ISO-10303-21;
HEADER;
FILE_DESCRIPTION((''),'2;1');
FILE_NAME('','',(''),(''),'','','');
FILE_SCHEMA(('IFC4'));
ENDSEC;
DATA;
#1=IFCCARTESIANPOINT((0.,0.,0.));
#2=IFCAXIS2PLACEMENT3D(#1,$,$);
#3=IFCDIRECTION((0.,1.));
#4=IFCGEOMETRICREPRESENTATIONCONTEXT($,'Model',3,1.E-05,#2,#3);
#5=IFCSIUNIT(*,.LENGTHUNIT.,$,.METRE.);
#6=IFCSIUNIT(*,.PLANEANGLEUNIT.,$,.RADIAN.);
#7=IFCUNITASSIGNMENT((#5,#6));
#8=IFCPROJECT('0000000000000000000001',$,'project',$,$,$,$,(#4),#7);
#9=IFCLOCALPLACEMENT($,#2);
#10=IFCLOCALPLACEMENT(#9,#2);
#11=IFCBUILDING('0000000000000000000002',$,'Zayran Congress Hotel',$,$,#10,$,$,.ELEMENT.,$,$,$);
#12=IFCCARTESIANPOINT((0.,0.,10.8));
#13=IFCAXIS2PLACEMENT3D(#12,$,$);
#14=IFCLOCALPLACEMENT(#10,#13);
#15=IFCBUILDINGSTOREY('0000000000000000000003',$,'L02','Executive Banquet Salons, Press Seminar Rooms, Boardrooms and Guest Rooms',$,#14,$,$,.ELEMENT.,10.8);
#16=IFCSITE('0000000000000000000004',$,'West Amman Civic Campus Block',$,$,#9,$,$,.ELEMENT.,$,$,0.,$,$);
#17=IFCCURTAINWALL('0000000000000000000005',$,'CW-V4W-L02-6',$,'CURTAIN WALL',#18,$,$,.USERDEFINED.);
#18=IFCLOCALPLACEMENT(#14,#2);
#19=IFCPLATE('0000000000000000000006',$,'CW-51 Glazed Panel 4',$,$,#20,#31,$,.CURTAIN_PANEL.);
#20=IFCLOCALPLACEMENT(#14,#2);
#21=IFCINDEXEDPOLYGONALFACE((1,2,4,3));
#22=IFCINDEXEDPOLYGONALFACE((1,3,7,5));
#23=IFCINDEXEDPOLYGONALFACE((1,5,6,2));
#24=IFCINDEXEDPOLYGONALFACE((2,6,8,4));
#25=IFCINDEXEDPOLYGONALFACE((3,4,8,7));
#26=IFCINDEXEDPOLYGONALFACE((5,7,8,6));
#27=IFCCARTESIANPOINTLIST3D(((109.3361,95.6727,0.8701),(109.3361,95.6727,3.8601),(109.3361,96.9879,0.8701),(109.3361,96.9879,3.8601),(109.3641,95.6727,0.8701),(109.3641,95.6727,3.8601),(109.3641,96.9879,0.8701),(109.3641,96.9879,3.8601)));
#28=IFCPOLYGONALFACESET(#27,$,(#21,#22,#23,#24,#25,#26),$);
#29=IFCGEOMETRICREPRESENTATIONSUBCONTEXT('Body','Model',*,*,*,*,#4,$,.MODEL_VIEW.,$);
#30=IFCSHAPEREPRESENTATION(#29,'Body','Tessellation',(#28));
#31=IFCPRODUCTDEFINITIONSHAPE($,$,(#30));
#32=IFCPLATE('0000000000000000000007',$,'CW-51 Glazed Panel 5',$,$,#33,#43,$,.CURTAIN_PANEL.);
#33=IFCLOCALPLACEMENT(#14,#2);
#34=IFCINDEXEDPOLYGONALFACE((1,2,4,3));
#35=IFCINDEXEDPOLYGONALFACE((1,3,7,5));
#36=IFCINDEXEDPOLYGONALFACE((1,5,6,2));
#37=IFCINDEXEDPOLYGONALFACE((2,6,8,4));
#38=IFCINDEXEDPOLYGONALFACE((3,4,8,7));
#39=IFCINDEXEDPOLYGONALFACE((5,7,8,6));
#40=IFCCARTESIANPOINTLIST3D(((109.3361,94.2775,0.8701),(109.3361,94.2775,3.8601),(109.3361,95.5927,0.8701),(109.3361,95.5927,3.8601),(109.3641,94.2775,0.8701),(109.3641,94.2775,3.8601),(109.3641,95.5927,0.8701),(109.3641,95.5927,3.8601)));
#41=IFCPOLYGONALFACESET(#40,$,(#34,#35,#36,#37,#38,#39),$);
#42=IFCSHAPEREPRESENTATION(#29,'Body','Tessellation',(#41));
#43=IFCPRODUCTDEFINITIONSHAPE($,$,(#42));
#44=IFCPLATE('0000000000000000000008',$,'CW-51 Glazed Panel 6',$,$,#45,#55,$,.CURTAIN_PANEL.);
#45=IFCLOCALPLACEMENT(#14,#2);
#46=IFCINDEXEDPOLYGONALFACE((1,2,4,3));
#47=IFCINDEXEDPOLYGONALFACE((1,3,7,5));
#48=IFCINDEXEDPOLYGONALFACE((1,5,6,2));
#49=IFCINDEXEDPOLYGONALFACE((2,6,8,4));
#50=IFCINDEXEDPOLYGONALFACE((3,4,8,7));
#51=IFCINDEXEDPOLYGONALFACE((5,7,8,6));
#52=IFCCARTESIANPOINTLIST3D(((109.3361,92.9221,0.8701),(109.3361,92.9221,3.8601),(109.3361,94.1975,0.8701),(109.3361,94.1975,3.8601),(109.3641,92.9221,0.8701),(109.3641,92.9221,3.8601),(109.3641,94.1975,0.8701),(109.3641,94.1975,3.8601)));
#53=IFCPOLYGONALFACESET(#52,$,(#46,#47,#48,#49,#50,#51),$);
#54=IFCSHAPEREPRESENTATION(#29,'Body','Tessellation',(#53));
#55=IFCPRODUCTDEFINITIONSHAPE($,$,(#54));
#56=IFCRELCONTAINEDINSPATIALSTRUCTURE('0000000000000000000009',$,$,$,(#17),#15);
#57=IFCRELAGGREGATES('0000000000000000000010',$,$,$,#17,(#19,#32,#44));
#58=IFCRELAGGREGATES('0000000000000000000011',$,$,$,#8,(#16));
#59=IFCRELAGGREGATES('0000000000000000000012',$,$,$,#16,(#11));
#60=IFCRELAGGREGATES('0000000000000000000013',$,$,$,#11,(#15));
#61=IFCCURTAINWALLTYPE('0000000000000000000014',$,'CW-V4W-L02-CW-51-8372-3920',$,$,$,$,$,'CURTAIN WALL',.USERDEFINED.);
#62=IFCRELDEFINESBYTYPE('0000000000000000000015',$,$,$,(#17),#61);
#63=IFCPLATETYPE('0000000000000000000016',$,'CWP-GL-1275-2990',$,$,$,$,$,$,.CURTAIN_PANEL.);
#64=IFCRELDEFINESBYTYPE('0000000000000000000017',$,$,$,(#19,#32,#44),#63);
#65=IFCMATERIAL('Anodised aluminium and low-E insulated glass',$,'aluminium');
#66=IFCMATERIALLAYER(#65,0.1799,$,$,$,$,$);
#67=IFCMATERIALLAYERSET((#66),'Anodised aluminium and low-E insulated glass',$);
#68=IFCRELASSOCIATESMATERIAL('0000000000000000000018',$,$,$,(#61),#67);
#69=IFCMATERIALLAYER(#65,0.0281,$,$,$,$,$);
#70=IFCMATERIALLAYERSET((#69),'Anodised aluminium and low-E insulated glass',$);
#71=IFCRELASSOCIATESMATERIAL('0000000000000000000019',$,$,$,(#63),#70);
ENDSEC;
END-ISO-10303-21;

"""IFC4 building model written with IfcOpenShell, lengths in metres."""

from ifc_helpers import new_model, si_unit, direction, frame, origin, origin_2d, place, context, subcontext, project, spatial, rectangle, extrude, material, layer, layer_set, type_object, element, aggregate, save


model = new_model("IFC4")

# Units and contexts
model_context = context("Model", 3, precision=1e-05, world=origin(), true_north=direction((0.0, 1.0)))
body_context = subcontext(model_context, "Body", "Model", "MODEL_VIEW")
ifc_project = project(units=[si_unit("LENGTHUNIT", "METRE"), si_unit("PLANEANGLEUNIT", "RADIAN")], contexts=[model_context])

# Site, building, storey
site_placement = place(None, origin())
site = spatial("IfcSite", under=ifc_project, at=site_placement, Name="West Amman Civic Campus Block", CompositionType="ELEMENT", RefElevation=0.0)
building_placement = place(site_placement, origin())
building = spatial("IfcBuilding", under=site, at=building_placement, Name="Zayran Congress Hotel", CompositionType="ELEMENT")
storey_placement = place(building_placement, frame((0.0, 0.0, 10.8)))
storey = spatial("IfcBuildingStorey", under=building, at=storey_placement, Name="L02", Description="Executive Banquet Salons, Press Seminar Rooms, Boardrooms and Guest Rooms", CompositionType="ELEMENT", Elevation=10.8)

# Curtain wall
ifc_material_1 = material(Name="Anodised aluminium and low-E insulated glass", Category="aluminium")
ifc_layer_1 = layer(ifc_material_1, 0.1799)
ifc_layer_set_1 = layer_set([ifc_layer_1], Name="Anodised aluminium and low-E insulated glass")
curtain_wall_type_1 = type_object("IfcCurtainWallType", Name="CW-V4W-L02-CW-51-8372-3920", ElementType="CURTAIN WALL", PredefinedType="USERDEFINED", material=ifc_layer_set_1)
curtain_wall_1_placement = place(storey_placement, origin())
curtain_wall_1 = element("IfcCurtainWall", 1, at=curtain_wall_1_placement, inside=storey, type_object=curtain_wall_type_1, Name="CW-V4W-L02-6", ObjectType="CURTAIN WALL", PredefinedType="USERDEFINED")

# Plates
ifc_layer_2 = layer(ifc_material_1, 0.0281)
ifc_layer_set_2 = layer_set([ifc_layer_2], Name="Anodised aluminium and low-E insulated glass")
plate_type_1 = type_object("IfcPlateType", Name="CWP-GL-1275-2990", PredefinedType="CURTAIN_PANEL", material=ifc_layer_set_2)
plate_1_placement = place(storey_placement, frame((109.3501, 96.3303, 0.8701), z_axis=(0.0, 0.0, 1.0), x_axis=(0.0, 1.0, 0.0)))
plate_1 = element("IfcPlate", 2, at=plate_1_placement, type_object=plate_type_1, Name="CW-51 Glazed Panel 4", PredefinedType="CURTAIN_PANEL", context=body_context, shape_type="SweptSolid", body=[
    extrude(rectangle(XDim=1.3152, YDim=0.0281, at=origin_2d()), origin(), (0.0, 0.0, 1.0), 2.99),
])
plate_2_placement = place(storey_placement, frame((109.3501, 94.9351, 0.8701), z_axis=(0.0, 0.0, 1.0), x_axis=(0.0, 1.0, 0.0)))
plate_2 = element("IfcPlate", 3, at=plate_2_placement, type_object=plate_type_1, Name="CW-51 Glazed Panel 5", PredefinedType="CURTAIN_PANEL", context=body_context, shape_type="SweptSolid", body=[
    extrude(rectangle(XDim=1.3152, YDim=0.0281, at=origin_2d()), origin(), (0.0, 0.0, 1.0), 2.99),
])
plate_3_placement = place(storey_placement, frame((109.3501, 93.5598, 0.8701), z_axis=(0.0, 0.0, 1.0), x_axis=(0.0, 1.0, 0.0)))
plate_3 = element("IfcPlate", 4, at=plate_3_placement, type_object=plate_type_1, Name="CW-51 Glazed Panel 6", PredefinedType="CURTAIN_PANEL", context=body_context, shape_type="SweptSolid", body=[
    extrude(rectangle(XDim=1.2754, YDim=0.0281, at=origin_2d()), origin(), (0.0, 0.0, 1.0), 2.99),
])
aggregate(curtain_wall_1, [plate_1, plate_2, plate_3])

save(model, "model.ifc")
